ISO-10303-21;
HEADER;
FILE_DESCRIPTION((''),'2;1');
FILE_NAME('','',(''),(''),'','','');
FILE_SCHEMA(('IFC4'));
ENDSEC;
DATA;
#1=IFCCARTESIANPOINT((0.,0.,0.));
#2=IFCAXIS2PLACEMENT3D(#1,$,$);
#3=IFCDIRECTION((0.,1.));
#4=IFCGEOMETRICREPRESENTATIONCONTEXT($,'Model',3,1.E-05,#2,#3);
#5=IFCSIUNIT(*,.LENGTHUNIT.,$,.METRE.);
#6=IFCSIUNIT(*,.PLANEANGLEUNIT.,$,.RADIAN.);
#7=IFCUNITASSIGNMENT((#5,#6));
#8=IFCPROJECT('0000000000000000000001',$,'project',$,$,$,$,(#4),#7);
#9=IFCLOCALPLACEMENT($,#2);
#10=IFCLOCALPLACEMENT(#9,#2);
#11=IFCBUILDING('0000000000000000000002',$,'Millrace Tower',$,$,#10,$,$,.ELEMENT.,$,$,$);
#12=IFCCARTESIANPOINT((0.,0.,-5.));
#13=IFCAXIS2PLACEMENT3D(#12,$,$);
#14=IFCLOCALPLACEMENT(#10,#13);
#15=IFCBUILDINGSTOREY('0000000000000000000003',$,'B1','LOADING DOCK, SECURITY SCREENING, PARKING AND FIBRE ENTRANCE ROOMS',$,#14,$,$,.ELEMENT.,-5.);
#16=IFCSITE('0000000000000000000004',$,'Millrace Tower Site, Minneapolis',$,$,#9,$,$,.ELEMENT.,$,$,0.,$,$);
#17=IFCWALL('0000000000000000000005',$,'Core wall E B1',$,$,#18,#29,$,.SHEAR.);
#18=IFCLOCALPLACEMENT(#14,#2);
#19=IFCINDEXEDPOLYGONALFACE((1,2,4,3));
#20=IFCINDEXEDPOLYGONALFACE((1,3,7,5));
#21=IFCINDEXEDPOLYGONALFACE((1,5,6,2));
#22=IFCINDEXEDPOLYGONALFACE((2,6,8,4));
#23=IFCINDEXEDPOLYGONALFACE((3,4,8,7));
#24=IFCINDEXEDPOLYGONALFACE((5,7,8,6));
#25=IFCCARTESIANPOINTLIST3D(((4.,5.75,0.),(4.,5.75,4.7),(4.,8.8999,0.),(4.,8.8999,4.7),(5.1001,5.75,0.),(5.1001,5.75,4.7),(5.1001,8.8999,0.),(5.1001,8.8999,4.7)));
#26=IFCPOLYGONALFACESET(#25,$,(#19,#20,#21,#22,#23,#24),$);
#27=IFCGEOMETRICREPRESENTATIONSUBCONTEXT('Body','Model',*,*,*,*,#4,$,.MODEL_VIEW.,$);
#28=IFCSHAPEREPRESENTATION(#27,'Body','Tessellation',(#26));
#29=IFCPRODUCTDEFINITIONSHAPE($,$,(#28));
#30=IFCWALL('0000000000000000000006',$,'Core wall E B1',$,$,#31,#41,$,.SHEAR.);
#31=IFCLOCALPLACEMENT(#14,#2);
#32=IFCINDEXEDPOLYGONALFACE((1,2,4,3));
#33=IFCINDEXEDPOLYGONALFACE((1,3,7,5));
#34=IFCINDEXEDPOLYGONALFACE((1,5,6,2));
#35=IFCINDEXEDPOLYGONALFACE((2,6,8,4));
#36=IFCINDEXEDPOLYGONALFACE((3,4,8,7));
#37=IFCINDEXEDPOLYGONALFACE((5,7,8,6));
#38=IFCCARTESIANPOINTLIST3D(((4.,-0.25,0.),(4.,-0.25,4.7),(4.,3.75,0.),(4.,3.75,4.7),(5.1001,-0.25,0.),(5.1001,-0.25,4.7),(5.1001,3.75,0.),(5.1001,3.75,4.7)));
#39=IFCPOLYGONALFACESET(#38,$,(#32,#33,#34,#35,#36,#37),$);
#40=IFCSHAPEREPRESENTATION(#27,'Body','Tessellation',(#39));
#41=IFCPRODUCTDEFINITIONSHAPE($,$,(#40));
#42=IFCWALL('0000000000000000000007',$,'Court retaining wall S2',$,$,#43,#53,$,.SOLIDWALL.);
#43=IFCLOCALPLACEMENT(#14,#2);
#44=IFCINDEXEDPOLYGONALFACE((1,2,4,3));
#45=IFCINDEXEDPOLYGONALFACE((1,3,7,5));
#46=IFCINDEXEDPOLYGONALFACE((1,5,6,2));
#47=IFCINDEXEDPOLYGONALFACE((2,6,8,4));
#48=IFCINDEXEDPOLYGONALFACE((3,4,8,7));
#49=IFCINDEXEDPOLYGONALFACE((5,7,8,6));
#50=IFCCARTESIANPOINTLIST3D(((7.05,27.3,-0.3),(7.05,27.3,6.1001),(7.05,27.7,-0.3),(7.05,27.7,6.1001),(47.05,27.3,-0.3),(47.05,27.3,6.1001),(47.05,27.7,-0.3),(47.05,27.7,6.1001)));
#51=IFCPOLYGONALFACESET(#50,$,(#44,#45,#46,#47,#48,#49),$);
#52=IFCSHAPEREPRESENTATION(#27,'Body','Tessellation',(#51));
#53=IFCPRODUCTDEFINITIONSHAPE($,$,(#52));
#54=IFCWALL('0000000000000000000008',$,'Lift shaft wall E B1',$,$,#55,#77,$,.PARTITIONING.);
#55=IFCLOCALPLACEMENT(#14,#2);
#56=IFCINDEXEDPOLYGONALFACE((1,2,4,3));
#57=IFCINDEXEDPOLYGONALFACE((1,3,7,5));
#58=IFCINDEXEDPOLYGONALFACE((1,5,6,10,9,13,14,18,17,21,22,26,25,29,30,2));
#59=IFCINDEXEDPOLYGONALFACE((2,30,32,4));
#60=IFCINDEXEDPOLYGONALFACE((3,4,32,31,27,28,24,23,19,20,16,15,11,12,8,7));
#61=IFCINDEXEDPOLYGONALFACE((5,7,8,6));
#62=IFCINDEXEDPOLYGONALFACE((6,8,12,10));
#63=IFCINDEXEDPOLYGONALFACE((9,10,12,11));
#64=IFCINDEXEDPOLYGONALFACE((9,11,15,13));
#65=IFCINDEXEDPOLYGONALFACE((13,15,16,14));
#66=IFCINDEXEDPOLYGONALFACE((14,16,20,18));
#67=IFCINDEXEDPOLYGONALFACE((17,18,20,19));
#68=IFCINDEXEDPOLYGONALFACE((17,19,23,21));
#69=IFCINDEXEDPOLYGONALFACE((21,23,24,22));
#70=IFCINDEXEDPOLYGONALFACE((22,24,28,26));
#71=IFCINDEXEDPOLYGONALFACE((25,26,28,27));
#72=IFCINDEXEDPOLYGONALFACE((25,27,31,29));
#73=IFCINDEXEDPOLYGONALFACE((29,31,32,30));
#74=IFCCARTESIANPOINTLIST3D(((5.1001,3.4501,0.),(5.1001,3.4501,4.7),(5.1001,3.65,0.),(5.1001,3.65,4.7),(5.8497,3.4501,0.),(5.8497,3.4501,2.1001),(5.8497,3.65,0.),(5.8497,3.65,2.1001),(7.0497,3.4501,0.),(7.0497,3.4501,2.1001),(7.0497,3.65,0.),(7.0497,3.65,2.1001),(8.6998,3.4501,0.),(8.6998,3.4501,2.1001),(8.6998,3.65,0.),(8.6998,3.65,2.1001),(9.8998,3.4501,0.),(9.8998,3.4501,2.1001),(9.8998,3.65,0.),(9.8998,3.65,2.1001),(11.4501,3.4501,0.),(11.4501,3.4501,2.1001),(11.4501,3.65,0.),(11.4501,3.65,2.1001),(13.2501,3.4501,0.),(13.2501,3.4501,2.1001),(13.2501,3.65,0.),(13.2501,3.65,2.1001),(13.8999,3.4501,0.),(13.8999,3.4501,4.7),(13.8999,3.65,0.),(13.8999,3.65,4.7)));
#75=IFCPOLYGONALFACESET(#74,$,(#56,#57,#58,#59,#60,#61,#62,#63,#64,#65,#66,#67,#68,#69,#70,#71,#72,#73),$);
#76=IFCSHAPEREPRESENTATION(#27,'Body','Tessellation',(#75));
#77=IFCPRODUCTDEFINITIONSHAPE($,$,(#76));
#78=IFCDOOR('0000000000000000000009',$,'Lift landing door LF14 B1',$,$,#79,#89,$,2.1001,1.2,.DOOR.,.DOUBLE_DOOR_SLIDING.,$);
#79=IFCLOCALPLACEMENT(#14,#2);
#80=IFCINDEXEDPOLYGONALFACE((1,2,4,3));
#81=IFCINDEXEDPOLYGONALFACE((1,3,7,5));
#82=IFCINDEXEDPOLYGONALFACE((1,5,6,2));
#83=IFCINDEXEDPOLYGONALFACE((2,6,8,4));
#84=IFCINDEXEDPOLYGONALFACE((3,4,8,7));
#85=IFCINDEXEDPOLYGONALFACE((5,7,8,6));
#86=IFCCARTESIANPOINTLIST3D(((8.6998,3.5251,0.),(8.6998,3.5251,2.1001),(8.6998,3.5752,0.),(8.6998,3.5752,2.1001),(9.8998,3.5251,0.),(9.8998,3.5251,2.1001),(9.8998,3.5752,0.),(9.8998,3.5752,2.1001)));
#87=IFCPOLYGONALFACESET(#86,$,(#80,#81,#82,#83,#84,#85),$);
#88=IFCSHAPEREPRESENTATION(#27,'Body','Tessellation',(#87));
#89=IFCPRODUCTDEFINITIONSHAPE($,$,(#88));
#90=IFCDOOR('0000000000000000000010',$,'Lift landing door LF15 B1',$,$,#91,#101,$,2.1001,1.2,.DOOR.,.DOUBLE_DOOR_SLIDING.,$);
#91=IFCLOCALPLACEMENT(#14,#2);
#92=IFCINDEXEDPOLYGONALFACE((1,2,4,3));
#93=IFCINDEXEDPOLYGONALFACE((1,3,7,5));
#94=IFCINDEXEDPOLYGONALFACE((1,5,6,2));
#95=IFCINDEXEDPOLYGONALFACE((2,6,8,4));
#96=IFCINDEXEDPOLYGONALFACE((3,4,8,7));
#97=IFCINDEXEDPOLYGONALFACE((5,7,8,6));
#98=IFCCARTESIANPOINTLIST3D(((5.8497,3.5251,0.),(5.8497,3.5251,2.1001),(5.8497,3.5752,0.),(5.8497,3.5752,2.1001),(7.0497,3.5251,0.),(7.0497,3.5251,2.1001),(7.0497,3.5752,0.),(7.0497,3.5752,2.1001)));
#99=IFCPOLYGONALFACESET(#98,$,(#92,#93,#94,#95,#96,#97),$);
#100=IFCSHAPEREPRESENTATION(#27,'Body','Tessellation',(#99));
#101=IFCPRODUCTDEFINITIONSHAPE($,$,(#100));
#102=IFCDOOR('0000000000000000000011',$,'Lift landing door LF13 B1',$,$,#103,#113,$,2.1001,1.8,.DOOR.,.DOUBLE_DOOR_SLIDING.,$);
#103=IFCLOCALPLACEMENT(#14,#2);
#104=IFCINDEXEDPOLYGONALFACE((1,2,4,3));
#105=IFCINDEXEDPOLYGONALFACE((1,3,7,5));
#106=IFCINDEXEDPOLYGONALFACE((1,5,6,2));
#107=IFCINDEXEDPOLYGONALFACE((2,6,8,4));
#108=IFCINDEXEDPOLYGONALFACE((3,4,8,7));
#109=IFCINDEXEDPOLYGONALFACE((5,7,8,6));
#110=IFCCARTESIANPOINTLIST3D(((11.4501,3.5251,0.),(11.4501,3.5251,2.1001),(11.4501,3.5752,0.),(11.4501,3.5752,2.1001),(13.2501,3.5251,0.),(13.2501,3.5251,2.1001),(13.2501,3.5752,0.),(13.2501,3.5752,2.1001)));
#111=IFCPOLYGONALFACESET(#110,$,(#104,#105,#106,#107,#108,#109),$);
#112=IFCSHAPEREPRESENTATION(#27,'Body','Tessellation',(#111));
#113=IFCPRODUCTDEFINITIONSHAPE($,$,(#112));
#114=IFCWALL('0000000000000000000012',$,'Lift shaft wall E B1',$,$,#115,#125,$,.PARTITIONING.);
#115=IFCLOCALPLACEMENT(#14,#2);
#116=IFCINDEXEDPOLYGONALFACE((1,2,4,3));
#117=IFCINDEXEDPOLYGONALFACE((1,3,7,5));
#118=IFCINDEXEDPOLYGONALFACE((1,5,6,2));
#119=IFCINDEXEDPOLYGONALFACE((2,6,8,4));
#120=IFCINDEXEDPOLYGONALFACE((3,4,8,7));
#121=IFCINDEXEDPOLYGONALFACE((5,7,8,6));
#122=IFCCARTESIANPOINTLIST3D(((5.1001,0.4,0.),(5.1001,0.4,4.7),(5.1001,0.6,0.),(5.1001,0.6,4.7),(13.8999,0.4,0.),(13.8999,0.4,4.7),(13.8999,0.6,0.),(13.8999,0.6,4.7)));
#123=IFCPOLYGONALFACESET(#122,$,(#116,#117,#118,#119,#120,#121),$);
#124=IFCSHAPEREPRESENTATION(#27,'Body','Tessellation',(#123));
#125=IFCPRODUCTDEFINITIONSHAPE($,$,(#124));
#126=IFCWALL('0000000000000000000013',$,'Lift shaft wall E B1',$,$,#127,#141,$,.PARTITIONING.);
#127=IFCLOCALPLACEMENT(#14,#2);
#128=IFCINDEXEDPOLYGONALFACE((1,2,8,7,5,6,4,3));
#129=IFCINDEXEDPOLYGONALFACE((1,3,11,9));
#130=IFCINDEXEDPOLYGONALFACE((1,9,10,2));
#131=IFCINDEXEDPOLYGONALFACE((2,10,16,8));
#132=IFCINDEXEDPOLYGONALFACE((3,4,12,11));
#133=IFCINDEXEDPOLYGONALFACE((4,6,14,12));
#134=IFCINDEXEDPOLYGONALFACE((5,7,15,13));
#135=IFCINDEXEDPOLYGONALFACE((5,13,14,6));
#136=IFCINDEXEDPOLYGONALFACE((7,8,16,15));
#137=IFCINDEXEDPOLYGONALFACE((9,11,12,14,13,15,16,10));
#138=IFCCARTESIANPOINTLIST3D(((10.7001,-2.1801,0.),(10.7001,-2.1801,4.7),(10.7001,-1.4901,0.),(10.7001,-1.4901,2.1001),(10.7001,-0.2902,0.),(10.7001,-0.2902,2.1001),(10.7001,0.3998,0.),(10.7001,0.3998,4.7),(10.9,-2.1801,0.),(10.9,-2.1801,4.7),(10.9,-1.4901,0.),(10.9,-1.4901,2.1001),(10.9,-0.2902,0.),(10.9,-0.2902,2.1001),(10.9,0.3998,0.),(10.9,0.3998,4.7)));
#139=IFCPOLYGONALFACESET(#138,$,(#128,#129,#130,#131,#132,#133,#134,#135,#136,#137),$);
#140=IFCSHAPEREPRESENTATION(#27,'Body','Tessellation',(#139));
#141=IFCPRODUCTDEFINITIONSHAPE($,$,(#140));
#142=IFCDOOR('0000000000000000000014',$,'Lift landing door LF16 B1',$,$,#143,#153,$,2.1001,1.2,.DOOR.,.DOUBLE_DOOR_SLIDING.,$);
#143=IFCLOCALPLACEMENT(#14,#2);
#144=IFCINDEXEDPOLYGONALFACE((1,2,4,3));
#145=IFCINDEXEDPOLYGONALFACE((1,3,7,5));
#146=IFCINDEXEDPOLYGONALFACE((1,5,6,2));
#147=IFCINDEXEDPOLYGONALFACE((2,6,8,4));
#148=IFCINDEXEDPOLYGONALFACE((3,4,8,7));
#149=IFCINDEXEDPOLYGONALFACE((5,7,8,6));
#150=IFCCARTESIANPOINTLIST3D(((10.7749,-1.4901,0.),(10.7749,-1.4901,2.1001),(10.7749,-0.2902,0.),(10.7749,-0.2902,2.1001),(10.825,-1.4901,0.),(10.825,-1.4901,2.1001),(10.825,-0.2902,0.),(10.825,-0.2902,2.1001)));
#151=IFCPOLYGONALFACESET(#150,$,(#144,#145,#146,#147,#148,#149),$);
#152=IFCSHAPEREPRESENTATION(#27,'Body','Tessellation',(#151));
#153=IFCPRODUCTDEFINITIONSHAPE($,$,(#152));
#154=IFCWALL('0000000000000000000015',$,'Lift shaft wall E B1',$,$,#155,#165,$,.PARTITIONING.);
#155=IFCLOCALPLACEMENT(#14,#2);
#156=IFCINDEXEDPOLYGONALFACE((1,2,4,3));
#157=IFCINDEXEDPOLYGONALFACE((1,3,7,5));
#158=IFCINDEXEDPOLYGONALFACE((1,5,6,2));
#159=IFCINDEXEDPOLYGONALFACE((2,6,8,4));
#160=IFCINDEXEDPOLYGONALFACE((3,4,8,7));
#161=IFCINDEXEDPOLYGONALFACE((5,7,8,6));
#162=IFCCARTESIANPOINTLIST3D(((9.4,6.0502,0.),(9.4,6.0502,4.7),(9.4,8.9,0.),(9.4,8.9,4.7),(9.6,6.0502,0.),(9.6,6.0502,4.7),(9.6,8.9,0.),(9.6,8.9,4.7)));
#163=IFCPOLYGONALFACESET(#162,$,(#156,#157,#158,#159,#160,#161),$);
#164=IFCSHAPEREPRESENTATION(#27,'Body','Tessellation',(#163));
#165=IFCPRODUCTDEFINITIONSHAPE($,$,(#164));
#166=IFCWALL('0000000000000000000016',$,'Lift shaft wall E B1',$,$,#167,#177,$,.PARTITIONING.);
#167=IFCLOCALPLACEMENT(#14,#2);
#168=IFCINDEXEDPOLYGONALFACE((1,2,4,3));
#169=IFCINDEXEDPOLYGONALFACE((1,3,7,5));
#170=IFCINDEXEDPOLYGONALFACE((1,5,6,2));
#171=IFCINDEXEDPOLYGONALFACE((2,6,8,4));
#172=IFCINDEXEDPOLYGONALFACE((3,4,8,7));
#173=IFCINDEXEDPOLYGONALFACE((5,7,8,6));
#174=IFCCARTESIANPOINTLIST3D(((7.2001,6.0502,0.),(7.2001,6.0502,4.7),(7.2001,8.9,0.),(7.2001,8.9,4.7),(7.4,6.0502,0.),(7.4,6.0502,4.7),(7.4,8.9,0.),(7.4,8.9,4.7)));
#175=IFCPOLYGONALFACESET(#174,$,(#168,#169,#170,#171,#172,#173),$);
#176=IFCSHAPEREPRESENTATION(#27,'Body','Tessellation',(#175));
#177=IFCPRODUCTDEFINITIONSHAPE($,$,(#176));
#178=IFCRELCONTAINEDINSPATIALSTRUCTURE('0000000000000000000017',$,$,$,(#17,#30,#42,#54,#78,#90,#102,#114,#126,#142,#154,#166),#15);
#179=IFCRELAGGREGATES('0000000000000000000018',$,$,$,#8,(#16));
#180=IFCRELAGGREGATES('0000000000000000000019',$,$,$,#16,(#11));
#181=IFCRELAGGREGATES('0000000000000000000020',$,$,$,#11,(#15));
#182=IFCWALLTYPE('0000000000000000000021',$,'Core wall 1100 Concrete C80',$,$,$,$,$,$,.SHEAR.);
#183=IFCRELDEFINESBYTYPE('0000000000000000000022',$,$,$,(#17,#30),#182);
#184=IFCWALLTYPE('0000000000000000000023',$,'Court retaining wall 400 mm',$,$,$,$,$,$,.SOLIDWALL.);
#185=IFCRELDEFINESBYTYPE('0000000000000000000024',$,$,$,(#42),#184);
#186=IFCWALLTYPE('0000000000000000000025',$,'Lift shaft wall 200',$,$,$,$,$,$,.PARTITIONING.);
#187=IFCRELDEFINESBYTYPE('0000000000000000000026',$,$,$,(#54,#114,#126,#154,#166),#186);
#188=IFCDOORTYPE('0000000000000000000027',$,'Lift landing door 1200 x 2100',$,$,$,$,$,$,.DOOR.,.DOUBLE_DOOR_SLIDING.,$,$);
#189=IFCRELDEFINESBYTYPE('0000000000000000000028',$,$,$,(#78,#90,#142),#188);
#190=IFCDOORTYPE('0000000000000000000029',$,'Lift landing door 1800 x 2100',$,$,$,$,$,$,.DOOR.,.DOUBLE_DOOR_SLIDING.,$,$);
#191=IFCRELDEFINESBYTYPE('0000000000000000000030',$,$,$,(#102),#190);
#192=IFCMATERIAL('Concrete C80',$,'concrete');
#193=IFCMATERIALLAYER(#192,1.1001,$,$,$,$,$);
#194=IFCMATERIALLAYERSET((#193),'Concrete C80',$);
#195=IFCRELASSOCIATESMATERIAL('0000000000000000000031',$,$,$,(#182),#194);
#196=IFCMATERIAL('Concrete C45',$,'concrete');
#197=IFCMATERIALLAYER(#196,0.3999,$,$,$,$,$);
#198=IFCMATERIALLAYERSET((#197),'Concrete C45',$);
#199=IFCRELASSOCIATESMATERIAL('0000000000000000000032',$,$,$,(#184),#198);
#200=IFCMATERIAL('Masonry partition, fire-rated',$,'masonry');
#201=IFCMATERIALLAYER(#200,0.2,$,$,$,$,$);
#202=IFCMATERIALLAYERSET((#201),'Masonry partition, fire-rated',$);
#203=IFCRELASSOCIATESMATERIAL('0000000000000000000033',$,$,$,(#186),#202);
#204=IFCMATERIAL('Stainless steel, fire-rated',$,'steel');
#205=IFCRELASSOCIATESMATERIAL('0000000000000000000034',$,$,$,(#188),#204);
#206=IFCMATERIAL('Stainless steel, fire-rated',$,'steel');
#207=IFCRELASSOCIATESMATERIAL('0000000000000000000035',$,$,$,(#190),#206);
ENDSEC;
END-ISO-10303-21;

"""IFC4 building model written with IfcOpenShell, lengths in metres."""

from ifc_helpers import new_model, si_unit, direction, frame, frame_2d, origin, place, context, subcontext, project, spatial, rectangle, extrude, material, layer, layer_set, type_object, element, fill, save


model = new_model("IFC4")

# Units and contexts
model_context = context("Model", 3, precision=1e-05, world=origin(), true_north=direction((0.0, 1.0)))
body_context = subcontext(model_context, "Body", "Model", "MODEL_VIEW")
ifc_project = project(units=[si_unit("LENGTHUNIT", "METRE"), si_unit("PLANEANGLEUNIT", "RADIAN")], contexts=[model_context])

# Site, building, storey
site_placement = place(None, origin())
site = spatial("IfcSite", under=ifc_project, at=site_placement, Name="Millrace Tower Site, Minneapolis", CompositionType="ELEMENT", RefElevation=0.0)
building_placement = place(site_placement, origin())
building = spatial("IfcBuilding", under=site, at=building_placement, Name="Millrace Tower", CompositionType="ELEMENT")
storey_placement = place(building_placement, frame((0.0, 0.0, -5.0)))
storey = spatial("IfcBuildingStorey", under=building, at=storey_placement, Name="B1", Description="LOADING DOCK, SECURITY SCREENING, PARKING AND FIBRE ENTRANCE ROOMS", CompositionType="ELEMENT", Elevation=-5.0)

# Walls
ifc_material_1 = material(Name="Concrete C80", Category="concrete")
ifc_layer_1 = layer(ifc_material_1, 1.1001)
ifc_layer_set_1 = layer_set([ifc_layer_1], Name="Concrete C80")
wall_type_1 = type_object("IfcWallType", Name="Core wall 1100 Concrete C80", PredefinedType="SHEAR", material=ifc_layer_set_1)
wall_1_placement = place(storey_placement, frame((4.55, 8.8999, 0.0), z_axis=(0.0, 0.0, 1.0), x_axis=(0.0, -1.0, 0.0)))
element("IfcWall", 1, at=wall_1_placement, inside=storey, type_object=wall_type_1, Name="Core wall E B1", PredefinedType="SHEAR", context=body_context, shape_type="SweptSolid", body=[
    extrude(rectangle(XDim=3.1499, YDim=1.1001, at=frame_2d((1.575, 0.0))), origin(), (0.0, 0.0, 1.0), 4.7),
])
wall_2_placement = place(storey_placement, frame((4.55, 3.75, 0.0), z_axis=(0.0, 0.0, 1.0), x_axis=(0.0, -1.0, 0.0)))
element("IfcWall", 2, at=wall_2_placement, inside=storey, type_object=wall_type_1, Name="Core wall E B1", PredefinedType="SHEAR", context=body_context, shape_type="SweptSolid", body=[
    extrude(rectangle(XDim=4.0, YDim=1.1001, at=frame_2d((2.0, 0.0))), origin(), (0.0, 0.0, 1.0), 4.7),
])
ifc_material_2 = material(Name="Concrete C45", Category="concrete")
ifc_layer_2 = layer(ifc_material_2, 0.3999)
ifc_layer_set_2 = layer_set([ifc_layer_2], Name="Concrete C45")
wall_type_2 = type_object("IfcWallType", Name="Court retaining wall 400 mm", PredefinedType="SOLIDWALL", material=ifc_layer_set_2)
wall_3_placement = place(storey_placement, frame((7.05, 27.5, -0.3), z_axis=(0.0, 0.0, 1.0), x_axis=(1.0, 0.0, 0.0)))
element("IfcWall", 3, at=wall_3_placement, inside=storey, type_object=wall_type_2, Name="Court retaining wall S2", PredefinedType="SOLIDWALL", context=body_context, shape_type="SweptSolid", body=[
    extrude(rectangle(XDim=40.0, YDim=0.3999, at=frame_2d((20.0, 0.0))), origin(), (0.0, 0.0, 1.0), 6.4001),
])

# Wall, openings, doors
ifc_material_3 = material(Name="Masonry partition, fire-rated", Category="masonry")
ifc_layer_3 = layer(ifc_material_3, 0.2)
ifc_layer_set_3 = layer_set([ifc_layer_3], Name="Masonry partition, fire-rated")
wall_type_3 = type_object("IfcWallType", Name="Lift shaft wall 200", PredefinedType="PARTITIONING", material=ifc_layer_set_3)
wall_4_placement = place(storey_placement, frame((13.8999, 3.55, 0.0), z_axis=(0.0, 0.0, 1.0), x_axis=(-1.0, 0.0, 0.0)))
wall_4 = element("IfcWall", 4, at=wall_4_placement, inside=storey, type_object=wall_type_3, Name="Lift shaft wall E B1", PredefinedType="PARTITIONING", context=body_context, shape_type="SweptSolid", body=[
    extrude(rectangle(XDim=8.7998, YDim=0.2, at=frame_2d((4.3999, 0.0))), origin(), (0.0, 0.0, 1.0), 4.7),
])
opening_1_placement = place(wall_4_placement, frame((0.6499, 0.0, 0.0)))
opening_1 = element("IfcOpeningElement", 5, at=opening_1_placement, cuts=wall_4, PredefinedType="OPENING", context=body_context, shape_type="SweptSolid", body=[
    extrude(rectangle(XDim=1.8, YDim=2.1001, at=frame_2d((0.8999, 1.05))), frame((0.0, 0.1099, 0.0), z_axis=(0.0, -1.0, 0.0), x_axis=(1.0, 0.0, 0.0)), (0.0, 0.0, 1.0), 0.22),
])
opening_2_placement = place(wall_4_placement, frame((4.0, 0.0, 0.0)))
opening_2 = element("IfcOpeningElement", 6, at=opening_2_placement, cuts=wall_4, PredefinedType="OPENING", context=body_context, shape_type="SweptSolid", body=[
    extrude(rectangle(XDim=1.2, YDim=2.1001, at=frame_2d((0.6001, 1.05))), frame((0.0, 0.1099, 0.0), z_axis=(0.0, -1.0, 0.0), x_axis=(1.0, 0.0, 0.0)), (0.0, 0.0, 1.0), 0.22),
])
opening_3_placement = place(wall_4_placement, frame((6.8501, 0.0, 0.0)))
opening_3 = element("IfcOpeningElement", 7, at=opening_3_placement, cuts=wall_4, PredefinedType="OPENING", context=body_context, shape_type="SweptSolid", body=[
    extrude(rectangle(XDim=1.2, YDim=2.1001, at=frame_2d((0.6001, 1.05))), frame((0.0, 0.1099, 0.0), z_axis=(0.0, -1.0, 0.0), x_axis=(1.0, 0.0, 0.0)), (0.0, 0.0, 1.0), 0.22),
])
ifc_material_4 = material(Name="Stainless steel, fire-rated", Category="steel")
door_type_1 = type_object("IfcDoorType", Name="Lift landing door 1200 x 2100", OperationType="DOUBLE_DOOR_SLIDING", PredefinedType="DOOR", material=ifc_material_4)
door_1_placement = place(opening_2_placement, origin())
door_1 = element("IfcDoor", 8, at=door_1_placement, inside=storey, type_object=door_type_1, Name="Lift landing door LF14 B1", OperationType="DOUBLE_DOOR_SLIDING", OverallHeight=2.1001, OverallWidth=1.2, PredefinedType="DOOR", context=body_context, shape_type="SweptSolid", body=[
    extrude(rectangle(XDim=1.2, YDim=2.1001, at=frame_2d((0.6001, 1.05))), frame((0.0, 0.0249, 0.0), z_axis=(0.0, -1.0, 0.0), x_axis=(1.0, 0.0, 0.0)), (0.0, 0.0, 1.0), 0.05),
])
fill(opening_2, door_1)
door_2_placement = place(opening_3_placement, origin())
door_2 = element("IfcDoor", 9, at=door_2_placement, inside=storey, type_object=door_type_1, Name="Lift landing door LF15 B1", OperationType="DOUBLE_DOOR_SLIDING", OverallHeight=2.1001, OverallWidth=1.2, PredefinedType="DOOR", context=body_context, shape_type="SweptSolid", body=[
    extrude(rectangle(XDim=1.2, YDim=2.1001, at=frame_2d((0.6001, 1.05))), frame((0.0, 0.0249, 0.0), z_axis=(0.0, -1.0, 0.0), x_axis=(1.0, 0.0, 0.0)), (0.0, 0.0, 1.0), 0.05),
])
fill(opening_3, door_2)
ifc_material_5 = material(Name="Stainless steel, fire-rated", Category="steel")
door_type_2 = type_object("IfcDoorType", Name="Lift landing door 1800 x 2100", OperationType="DOUBLE_DOOR_SLIDING", PredefinedType="DOOR", material=ifc_material_5)
door_3_placement = place(opening_1_placement, origin())
door_3 = element("IfcDoor", 10, at=door_3_placement, inside=storey, type_object=door_type_2, Name="Lift landing door LF13 B1", OperationType="DOUBLE_DOOR_SLIDING", OverallHeight=2.1001, OverallWidth=1.8, PredefinedType="DOOR", context=body_context, shape_type="SweptSolid", body=[
    extrude(rectangle(XDim=1.8, YDim=2.1001, at=frame_2d((0.8999, 1.05))), frame((0.0, 0.0249, 0.0), z_axis=(0.0, -1.0, 0.0), x_axis=(1.0, 0.0, 0.0)), (0.0, 0.0, 1.0), 0.05),
])
fill(opening_1, door_3)

# Wall
wall_5_placement = place(storey_placement, frame((13.8999, 0.5, 0.0), z_axis=(0.0, 0.0, 1.0), x_axis=(-1.0, 0.0, 0.0)))
element("IfcWall", 11, at=wall_5_placement, inside=storey, type_object=wall_type_3, Name="Lift shaft wall E B1", PredefinedType="PARTITIONING", context=body_context, shape_type="SweptSolid", body=[
    extrude(rectangle(XDim=8.7998, YDim=0.2, at=frame_2d((4.3999, 0.0))), origin(), (0.0, 0.0, 1.0), 4.7),
])

# Wall, opening, door
wall_6_placement = place(storey_placement, frame((10.8, 0.3999, 0.0), z_axis=(0.0, 0.0, 1.0), x_axis=(0.0, -1.0, 0.0)))
wall_6 = element("IfcWall", 12, at=wall_6_placement, inside=storey, type_object=wall_type_3, Name="Lift shaft wall E B1", PredefinedType="PARTITIONING", context=body_context, shape_type="SweptSolid", body=[
    extrude(rectangle(XDim=2.5798, YDim=0.2, at=frame_2d((1.29, 0.0))), origin(), (0.0, 0.0, 1.0), 4.7),
])
opening_4_placement = place(wall_6_placement, frame((0.6899, 0.0, 0.0)))
opening_4 = element("IfcOpeningElement", 13, at=opening_4_placement, cuts=wall_6, PredefinedType="OPENING", context=body_context, shape_type="SweptSolid", body=[
    extrude(rectangle(XDim=1.2, YDim=2.1001, at=frame_2d((0.6001, 1.05))), frame((0.0, 0.1099, 0.0), z_axis=(0.0, -1.0, 0.0), x_axis=(1.0, 0.0, 0.0)), (0.0, 0.0, 1.0), 0.22),
])
door_4_placement = place(opening_4_placement, origin())
door_4 = element("IfcDoor", 14, at=door_4_placement, inside=storey, type_object=door_type_1, Name="Lift landing door LF16 B1", OperationType="DOUBLE_DOOR_SLIDING", OverallHeight=2.1001, OverallWidth=1.2, PredefinedType="DOOR", context=body_context, shape_type="SweptSolid", body=[
    extrude(rectangle(XDim=1.2, YDim=2.1001, at=frame_2d((0.6001, 1.05))), frame((0.0, 0.0249, 0.0), z_axis=(0.0, -1.0, 0.0), x_axis=(1.0, 0.0, 0.0)), (0.0, 0.0, 1.0), 0.05),
])
fill(opening_4, door_4)

# Walls
for number, where, z_axis, x_axis, name in (
    (15, (9.5, 8.8999, 0.0), (0.0, 0.0, 1.0), (0.0, -1.0, 0.0), "Lift shaft wall E B1"),
    (16, (7.3, 8.8999, 0.0), (0.0, 0.0, 1.0), (0.0, -1.0, 0.0), "Lift shaft wall E B1"),
):
    element("IfcWall", number, at=place(storey_placement, frame(where, z_axis=z_axis, x_axis=x_axis)), inside=storey, type_object=wall_type_3, Name=name, PredefinedType="PARTITIONING", context=body_context, shape_type="SweptSolid", body=[
        extrude(rectangle(XDim=2.8499, YDim=0.2, at=frame_2d((1.4248, 0.0))), origin(), (0.0, 0.0, 1.0), 4.7),
    ])

save(model, "model.ifc")
